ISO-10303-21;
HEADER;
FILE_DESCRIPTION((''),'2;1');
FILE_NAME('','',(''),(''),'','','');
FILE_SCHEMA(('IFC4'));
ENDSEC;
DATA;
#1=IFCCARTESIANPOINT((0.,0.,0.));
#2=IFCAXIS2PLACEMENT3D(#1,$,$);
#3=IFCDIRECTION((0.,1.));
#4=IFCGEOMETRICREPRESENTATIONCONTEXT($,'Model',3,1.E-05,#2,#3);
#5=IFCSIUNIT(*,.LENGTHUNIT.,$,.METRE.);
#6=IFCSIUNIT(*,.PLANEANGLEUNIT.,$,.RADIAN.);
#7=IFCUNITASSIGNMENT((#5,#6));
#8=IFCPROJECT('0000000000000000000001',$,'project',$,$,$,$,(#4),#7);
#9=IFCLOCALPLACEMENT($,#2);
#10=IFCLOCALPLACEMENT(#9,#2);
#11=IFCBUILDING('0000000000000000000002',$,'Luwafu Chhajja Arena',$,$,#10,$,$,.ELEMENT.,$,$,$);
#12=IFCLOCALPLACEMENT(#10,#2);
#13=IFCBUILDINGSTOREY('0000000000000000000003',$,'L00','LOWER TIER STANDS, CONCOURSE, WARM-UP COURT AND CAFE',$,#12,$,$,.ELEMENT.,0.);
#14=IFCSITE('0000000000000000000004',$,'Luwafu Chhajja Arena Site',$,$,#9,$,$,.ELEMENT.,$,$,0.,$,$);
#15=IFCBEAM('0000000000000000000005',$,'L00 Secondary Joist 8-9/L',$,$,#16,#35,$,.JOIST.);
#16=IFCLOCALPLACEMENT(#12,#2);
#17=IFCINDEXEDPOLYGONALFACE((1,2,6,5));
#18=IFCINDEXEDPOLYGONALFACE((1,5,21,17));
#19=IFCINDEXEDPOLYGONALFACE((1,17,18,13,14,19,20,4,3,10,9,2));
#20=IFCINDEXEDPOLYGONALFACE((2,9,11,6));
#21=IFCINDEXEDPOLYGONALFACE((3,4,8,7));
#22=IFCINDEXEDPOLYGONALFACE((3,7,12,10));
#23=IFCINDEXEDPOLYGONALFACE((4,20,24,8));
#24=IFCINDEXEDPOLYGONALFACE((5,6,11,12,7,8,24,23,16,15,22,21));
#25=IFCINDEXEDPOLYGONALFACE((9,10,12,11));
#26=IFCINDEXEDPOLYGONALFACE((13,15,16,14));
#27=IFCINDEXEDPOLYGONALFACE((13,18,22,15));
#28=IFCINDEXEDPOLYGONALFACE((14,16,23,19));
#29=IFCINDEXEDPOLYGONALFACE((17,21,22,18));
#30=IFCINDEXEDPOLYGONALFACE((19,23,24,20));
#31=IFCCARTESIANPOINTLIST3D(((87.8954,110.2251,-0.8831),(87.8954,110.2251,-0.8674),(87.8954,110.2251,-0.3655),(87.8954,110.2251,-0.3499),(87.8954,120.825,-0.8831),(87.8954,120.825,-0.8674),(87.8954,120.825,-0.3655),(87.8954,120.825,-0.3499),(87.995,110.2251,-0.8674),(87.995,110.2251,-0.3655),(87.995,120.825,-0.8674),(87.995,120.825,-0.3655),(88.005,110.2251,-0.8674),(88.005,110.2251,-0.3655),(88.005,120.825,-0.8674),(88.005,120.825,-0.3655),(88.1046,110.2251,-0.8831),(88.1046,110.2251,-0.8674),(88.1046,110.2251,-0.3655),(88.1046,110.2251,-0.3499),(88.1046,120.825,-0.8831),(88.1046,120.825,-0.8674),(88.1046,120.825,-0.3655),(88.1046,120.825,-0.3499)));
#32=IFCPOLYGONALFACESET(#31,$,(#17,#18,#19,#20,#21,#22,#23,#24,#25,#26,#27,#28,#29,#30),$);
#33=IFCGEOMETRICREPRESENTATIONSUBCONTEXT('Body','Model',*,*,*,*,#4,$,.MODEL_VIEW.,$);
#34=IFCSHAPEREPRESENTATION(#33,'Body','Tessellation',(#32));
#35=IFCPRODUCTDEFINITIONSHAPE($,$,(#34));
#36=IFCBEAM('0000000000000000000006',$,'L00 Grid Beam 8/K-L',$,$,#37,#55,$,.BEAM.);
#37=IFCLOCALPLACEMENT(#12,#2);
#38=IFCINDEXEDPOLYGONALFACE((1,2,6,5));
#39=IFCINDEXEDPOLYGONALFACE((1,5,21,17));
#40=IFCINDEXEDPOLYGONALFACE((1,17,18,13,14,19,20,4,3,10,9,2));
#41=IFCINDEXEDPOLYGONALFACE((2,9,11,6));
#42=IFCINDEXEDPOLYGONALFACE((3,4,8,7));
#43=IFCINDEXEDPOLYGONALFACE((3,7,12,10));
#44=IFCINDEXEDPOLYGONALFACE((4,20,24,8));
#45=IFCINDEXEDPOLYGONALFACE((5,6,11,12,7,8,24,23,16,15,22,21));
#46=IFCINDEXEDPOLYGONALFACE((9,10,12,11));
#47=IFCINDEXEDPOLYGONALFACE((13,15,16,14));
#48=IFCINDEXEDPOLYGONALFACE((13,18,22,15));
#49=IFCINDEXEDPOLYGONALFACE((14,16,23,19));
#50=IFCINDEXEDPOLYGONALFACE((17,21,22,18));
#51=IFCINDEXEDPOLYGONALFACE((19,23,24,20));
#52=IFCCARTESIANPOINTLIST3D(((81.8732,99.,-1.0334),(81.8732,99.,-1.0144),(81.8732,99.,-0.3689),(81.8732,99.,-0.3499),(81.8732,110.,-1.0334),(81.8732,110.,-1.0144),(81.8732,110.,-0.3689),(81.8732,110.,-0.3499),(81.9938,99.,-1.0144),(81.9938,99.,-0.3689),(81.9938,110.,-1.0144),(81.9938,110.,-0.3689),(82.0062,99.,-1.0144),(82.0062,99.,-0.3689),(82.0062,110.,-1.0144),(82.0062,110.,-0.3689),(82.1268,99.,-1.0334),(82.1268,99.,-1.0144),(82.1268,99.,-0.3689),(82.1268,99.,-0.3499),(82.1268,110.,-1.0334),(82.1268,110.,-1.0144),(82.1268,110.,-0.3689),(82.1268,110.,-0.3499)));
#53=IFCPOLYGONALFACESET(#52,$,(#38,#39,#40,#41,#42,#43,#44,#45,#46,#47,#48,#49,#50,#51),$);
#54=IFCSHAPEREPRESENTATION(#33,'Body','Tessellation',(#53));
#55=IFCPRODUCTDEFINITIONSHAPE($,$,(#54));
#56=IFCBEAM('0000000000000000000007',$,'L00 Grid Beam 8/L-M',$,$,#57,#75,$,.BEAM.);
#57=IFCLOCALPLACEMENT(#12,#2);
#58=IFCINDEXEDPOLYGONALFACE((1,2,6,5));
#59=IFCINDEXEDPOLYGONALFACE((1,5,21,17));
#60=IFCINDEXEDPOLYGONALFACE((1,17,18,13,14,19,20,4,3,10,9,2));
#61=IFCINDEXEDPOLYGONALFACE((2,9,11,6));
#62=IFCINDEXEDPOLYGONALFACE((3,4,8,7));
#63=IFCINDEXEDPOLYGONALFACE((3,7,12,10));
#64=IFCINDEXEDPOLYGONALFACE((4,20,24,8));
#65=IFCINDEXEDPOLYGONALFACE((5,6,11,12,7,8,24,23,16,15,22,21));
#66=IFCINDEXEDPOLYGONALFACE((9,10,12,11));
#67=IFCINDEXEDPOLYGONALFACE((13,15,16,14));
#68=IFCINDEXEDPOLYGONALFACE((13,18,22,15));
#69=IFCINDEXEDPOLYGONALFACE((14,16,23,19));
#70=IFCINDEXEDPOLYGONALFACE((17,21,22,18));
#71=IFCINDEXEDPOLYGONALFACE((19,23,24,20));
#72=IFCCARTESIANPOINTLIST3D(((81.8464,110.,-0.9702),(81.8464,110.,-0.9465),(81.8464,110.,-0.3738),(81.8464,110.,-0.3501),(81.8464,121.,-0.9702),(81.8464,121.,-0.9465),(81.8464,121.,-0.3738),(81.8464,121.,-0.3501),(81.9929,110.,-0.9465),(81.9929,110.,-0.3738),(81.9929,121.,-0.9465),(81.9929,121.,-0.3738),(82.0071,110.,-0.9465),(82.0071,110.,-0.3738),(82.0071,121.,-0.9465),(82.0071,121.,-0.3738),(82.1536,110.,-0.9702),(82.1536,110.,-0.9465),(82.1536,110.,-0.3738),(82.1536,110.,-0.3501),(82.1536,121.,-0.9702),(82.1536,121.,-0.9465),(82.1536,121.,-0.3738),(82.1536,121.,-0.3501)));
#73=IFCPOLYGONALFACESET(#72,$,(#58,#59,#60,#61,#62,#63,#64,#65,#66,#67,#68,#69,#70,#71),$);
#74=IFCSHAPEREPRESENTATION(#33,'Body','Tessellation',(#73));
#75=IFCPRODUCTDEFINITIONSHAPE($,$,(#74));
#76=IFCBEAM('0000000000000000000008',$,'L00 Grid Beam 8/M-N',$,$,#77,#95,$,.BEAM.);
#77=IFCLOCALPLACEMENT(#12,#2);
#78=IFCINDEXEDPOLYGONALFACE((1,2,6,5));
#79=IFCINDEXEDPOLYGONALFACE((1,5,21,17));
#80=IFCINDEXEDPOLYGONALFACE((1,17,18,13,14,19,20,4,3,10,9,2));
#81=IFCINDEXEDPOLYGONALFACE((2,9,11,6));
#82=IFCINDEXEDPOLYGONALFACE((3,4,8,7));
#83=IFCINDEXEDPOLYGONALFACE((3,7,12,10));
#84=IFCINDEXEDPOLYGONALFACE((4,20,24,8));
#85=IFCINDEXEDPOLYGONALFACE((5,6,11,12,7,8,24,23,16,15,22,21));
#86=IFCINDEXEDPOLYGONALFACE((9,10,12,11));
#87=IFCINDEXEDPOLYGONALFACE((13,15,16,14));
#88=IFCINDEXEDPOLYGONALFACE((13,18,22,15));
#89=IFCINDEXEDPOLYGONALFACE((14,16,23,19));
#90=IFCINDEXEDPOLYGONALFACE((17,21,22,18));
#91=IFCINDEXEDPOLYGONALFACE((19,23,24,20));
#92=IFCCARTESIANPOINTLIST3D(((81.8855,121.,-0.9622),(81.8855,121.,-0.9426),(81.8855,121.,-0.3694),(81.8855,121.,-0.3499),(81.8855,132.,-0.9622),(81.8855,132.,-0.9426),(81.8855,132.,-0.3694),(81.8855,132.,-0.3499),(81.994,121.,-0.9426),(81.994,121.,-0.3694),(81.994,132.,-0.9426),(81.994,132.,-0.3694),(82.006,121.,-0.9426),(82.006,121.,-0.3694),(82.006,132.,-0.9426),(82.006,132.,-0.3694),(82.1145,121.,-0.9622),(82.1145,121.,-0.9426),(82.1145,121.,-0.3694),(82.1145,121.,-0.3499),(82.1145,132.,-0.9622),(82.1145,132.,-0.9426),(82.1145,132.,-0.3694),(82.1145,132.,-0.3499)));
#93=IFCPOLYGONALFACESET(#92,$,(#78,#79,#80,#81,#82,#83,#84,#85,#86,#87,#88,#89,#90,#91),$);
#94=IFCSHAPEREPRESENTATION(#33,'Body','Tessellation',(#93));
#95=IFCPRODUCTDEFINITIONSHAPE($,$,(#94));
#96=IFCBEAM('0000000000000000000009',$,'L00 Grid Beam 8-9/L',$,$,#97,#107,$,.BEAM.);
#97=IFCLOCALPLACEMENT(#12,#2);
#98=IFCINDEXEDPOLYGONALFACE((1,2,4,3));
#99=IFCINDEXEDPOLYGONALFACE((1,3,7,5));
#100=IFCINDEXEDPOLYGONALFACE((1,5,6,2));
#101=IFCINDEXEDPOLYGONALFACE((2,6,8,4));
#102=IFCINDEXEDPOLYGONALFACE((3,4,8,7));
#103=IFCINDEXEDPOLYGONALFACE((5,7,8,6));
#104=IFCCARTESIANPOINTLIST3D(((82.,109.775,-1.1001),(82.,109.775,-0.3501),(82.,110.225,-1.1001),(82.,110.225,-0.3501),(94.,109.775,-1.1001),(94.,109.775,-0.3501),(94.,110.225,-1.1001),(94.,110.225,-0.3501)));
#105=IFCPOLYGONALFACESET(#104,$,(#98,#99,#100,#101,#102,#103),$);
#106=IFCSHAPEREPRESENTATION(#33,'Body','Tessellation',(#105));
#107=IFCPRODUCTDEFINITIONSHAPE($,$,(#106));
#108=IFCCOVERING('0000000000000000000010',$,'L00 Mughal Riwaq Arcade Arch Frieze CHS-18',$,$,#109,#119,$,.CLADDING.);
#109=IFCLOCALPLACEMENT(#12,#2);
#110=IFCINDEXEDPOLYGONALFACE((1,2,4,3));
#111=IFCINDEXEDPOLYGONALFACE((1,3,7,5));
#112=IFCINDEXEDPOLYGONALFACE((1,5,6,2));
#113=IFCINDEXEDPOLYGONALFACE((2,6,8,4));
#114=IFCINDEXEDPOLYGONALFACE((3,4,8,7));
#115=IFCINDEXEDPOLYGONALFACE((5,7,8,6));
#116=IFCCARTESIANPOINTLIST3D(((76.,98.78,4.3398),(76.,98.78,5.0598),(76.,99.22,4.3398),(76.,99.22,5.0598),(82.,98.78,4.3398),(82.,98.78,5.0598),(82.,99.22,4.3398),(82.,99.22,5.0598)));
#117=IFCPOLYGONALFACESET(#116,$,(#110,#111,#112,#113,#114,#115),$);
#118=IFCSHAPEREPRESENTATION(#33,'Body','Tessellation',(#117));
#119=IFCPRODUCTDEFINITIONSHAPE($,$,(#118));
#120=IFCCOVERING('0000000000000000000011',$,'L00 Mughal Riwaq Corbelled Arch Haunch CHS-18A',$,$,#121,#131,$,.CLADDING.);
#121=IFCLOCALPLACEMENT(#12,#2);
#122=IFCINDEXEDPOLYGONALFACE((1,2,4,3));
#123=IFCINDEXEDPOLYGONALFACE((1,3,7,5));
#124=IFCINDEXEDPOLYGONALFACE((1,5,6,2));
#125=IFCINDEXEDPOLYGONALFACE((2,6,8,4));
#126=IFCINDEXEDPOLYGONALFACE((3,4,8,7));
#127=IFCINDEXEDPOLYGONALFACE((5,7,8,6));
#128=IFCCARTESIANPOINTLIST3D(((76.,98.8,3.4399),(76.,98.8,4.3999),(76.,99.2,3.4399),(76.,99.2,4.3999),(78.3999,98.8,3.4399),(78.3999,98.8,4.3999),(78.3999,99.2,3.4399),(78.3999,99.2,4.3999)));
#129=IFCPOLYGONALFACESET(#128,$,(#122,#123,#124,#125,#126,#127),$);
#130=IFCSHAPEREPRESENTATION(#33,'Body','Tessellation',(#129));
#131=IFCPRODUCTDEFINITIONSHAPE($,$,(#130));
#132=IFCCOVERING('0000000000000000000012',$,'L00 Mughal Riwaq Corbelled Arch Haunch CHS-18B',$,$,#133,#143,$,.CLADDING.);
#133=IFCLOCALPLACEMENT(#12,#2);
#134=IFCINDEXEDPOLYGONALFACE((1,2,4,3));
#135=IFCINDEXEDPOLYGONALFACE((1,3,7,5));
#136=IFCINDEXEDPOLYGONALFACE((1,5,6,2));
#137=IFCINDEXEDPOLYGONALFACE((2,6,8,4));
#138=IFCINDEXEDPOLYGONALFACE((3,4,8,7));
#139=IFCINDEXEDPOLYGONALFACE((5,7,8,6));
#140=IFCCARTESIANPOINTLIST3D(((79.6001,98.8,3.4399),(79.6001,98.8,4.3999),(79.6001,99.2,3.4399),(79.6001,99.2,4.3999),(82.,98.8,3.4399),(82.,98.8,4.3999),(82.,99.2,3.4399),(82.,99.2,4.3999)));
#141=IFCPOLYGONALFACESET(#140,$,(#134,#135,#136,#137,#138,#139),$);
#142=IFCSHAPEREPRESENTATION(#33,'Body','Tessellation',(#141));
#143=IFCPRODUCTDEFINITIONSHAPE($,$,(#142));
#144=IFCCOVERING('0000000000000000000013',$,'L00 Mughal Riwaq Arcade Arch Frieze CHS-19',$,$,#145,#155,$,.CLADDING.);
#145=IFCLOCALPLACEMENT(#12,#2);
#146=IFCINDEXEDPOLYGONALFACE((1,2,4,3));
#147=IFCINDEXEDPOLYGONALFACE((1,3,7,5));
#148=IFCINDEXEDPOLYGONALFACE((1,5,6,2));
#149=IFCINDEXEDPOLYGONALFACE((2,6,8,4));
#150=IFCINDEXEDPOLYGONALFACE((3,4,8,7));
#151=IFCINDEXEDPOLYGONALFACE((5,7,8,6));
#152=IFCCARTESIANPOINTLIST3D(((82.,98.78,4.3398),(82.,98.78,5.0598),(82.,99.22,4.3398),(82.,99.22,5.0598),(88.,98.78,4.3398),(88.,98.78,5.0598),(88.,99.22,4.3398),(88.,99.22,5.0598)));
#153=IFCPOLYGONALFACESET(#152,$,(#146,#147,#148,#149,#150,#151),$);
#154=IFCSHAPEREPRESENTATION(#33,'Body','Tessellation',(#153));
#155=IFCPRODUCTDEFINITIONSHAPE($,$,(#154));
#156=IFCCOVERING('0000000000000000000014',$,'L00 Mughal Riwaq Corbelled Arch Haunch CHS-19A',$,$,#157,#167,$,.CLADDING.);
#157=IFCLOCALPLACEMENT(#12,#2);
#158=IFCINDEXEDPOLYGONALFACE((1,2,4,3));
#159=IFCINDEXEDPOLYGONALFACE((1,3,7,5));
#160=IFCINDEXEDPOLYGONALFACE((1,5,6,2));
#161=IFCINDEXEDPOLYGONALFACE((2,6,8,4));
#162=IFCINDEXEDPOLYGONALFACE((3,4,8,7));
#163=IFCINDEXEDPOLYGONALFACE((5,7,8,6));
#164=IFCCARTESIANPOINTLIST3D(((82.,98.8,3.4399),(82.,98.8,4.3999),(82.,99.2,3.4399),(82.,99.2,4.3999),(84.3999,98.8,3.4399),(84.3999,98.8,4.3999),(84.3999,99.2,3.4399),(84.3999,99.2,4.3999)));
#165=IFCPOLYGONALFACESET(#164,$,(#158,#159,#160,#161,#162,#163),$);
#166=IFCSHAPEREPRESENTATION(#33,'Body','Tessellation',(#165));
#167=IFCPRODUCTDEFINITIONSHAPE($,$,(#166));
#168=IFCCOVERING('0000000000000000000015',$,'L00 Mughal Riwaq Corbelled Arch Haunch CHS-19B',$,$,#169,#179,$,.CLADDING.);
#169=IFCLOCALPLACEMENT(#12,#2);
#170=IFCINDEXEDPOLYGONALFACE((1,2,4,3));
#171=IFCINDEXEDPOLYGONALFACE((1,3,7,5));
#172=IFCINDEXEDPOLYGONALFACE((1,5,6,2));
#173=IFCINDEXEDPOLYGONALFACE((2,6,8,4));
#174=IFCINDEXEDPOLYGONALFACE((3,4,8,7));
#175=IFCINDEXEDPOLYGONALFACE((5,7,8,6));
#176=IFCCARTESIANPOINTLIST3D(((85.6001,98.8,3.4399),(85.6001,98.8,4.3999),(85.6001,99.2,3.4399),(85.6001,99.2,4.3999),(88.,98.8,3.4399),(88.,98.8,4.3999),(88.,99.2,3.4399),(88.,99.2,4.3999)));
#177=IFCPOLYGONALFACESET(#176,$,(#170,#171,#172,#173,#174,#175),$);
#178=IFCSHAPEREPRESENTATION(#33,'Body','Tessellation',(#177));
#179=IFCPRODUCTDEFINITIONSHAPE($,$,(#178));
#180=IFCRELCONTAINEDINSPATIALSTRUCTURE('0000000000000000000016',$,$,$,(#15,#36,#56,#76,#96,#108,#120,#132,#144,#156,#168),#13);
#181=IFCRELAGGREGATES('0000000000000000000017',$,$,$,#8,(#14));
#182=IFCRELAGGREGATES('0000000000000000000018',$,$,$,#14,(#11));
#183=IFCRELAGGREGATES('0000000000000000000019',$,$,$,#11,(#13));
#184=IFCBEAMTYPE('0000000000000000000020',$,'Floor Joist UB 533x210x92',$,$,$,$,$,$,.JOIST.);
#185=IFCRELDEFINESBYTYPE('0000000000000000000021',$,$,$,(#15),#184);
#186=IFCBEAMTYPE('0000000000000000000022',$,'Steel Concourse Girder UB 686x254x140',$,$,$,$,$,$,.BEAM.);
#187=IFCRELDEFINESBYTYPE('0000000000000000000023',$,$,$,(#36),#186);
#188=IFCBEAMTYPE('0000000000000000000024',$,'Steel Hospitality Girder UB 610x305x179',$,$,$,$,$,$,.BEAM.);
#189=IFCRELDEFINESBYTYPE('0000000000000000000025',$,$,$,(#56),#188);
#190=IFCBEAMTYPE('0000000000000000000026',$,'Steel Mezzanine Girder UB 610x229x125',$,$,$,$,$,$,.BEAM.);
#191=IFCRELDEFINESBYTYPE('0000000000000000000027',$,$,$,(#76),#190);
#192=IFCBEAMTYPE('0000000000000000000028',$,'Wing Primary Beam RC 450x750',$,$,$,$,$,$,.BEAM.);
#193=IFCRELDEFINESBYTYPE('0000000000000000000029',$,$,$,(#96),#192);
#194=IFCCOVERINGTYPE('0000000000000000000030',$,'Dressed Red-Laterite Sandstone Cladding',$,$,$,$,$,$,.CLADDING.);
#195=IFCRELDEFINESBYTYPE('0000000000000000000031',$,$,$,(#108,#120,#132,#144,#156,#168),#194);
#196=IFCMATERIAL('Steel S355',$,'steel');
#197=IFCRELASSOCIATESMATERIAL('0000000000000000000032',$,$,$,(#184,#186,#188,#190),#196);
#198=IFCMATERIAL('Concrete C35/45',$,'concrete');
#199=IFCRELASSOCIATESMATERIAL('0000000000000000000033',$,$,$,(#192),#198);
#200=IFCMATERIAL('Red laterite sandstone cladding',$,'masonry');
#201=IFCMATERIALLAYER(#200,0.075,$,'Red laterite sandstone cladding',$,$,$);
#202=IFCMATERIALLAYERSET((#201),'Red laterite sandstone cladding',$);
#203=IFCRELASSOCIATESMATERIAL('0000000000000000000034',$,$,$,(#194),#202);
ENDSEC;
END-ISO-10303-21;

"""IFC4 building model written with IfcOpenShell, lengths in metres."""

from ifc_helpers import new_model, si_unit, direction, frame, origin, origin_2d, place, context, subcontext, project, spatial, rectangle, i_section, extrude, material, layer, layer_set, material_profile, profile_set, type_object, element, save


model = new_model("IFC4")

# Units and contexts
model_context = context("Model", 3, precision=1e-05, world=origin(), true_north=direction((0.0, 1.0)))
body_context = subcontext(model_context, "Body", "Model", "MODEL_VIEW")
ifc_project = project(units=[si_unit("LENGTHUNIT", "METRE"), si_unit("PLANEANGLEUNIT", "RADIAN")], contexts=[model_context])

# Site, building, storey
site_placement = place(None, origin())
site = spatial("IfcSite", under=ifc_project, at=site_placement, Name="Luwafu Chhajja Arena Site", CompositionType="ELEMENT", RefElevation=0.0)
building_placement = place(site_placement, origin())
building = spatial("IfcBuilding", under=site, at=building_placement, Name="Luwafu Chhajja Arena", CompositionType="ELEMENT")
storey_placement = place(building_placement, origin())
storey = spatial("IfcBuildingStorey", under=building, at=storey_placement, Name="L00", Description="LOWER TIER STANDS, CONCOURSE, WARM-UP COURT AND CAFE", CompositionType="ELEMENT", Elevation=0.0)

# Shared definitions
ifc_material_1 = material(Name="Concrete C35/45", Category="concrete")

# Beams
ifc_material_2 = material(Name="Steel S355", Category="steel")
ifc_material_profile_1 = material_profile(ifc_material_2, i_section(OverallWidth=0.2092, OverallDepth=0.5332, WebThickness=0.01, FlangeThickness=0.0156, at=origin_2d()), Name="UB 533x210x92")
ifc_profile_set_1 = profile_set([ifc_material_profile_1], Name="Steel S355")
beam_type_1 = type_object("IfcBeamType", Name="Floor Joist UB 533x210x92", PredefinedType="JOIST", material=ifc_profile_set_1)
beam_1_placement = place(storey_placement, frame((88.0, 110.2251, -0.6165), z_axis=(0.0, 1.0, 0.0), x_axis=(-1.0, 0.0, 0.0)))
element("IfcBeam", 1, at=beam_1_placement, inside=storey, type_object=beam_type_1, Name="L00 Secondary Joist 8-9/L", PredefinedType="JOIST", context=body_context, shape_type="SweptSolid", body=[
    extrude(i_section(OverallWidth=0.2092, OverallDepth=0.5332, WebThickness=0.01, FlangeThickness=0.0156, at=origin_2d()), origin(), (0.0, 0.0, 1.0), 10.5999),
])
ifc_material_profile_2 = material_profile(ifc_material_2, i_section(OverallWidth=0.2537, OverallDepth=0.6836, WebThickness=0.0125, FlangeThickness=0.019, at=origin_2d()), Name="UB 686x254x140")
ifc_profile_set_2 = profile_set([ifc_material_profile_2], Name="Steel S355")
beam_type_2 = type_object("IfcBeamType", Name="Steel Concourse Girder UB 686x254x140", PredefinedType="BEAM", material=ifc_profile_set_2)
beam_2_placement = place(storey_placement, frame((82.0, 99.0, -0.6917), z_axis=(0.0, 1.0, 0.0), x_axis=(-1.0, 0.0, 0.0)))
element("IfcBeam", 2, at=beam_2_placement, inside=storey, type_object=beam_type_2, Name="L00 Grid Beam 8/K-L", PredefinedType="BEAM", context=body_context, shape_type="SweptSolid", body=[
    extrude(i_section(OverallWidth=0.2537, OverallDepth=0.6836, WebThickness=0.0125, FlangeThickness=0.019, at=origin_2d()), origin(), (0.0, 0.0, 1.0), 11.0),
])
ifc_material_profile_3 = material_profile(ifc_material_2, i_section(OverallWidth=0.3071, OverallDepth=0.6201, WebThickness=0.0142, FlangeThickness=0.0237, at=origin_2d()), Name="UB 610x305x179")
ifc_profile_set_3 = profile_set([ifc_material_profile_3], Name="Steel S355")
beam_type_3 = type_object("IfcBeamType", Name="Steel Hospitality Girder UB 610x305x179", PredefinedType="BEAM", material=ifc_profile_set_3)
beam_3_placement = place(storey_placement, frame((82.0, 110.0, -0.6602), z_axis=(0.0, 1.0, 0.0), x_axis=(-1.0, 0.0, 0.0)))
element("IfcBeam", 3, at=beam_3_placement, inside=storey, type_object=beam_type_3, Name="L00 Grid Beam 8/L-M", PredefinedType="BEAM", context=body_context, shape_type="SweptSolid", body=[
    extrude(i_section(OverallWidth=0.3071, OverallDepth=0.6201, WebThickness=0.0142, FlangeThickness=0.0237, at=origin_2d()), origin(), (0.0, 0.0, 1.0), 11.0),
])
ifc_material_profile_4 = material_profile(ifc_material_2, i_section(OverallWidth=0.229, OverallDepth=0.6123, WebThickness=0.012, FlangeThickness=0.0195, at=origin_2d()), Name="UB 610x229x125")
ifc_profile_set_4 = profile_set([ifc_material_profile_4], Name="Steel S355")
beam_type_4 = type_object("IfcBeamType", Name="Steel Mezzanine Girder UB 610x229x125", PredefinedType="BEAM", material=ifc_profile_set_4)
beam_4_placement = place(storey_placement, frame((82.0, 121.0, -0.656), z_axis=(0.0, 1.0, 0.0), x_axis=(-1.0, 0.0, 0.0)))
element("IfcBeam", 4, at=beam_4_placement, inside=storey, type_object=beam_type_4, Name="L00 Grid Beam 8/M-N", PredefinedType="BEAM", context=body_context, shape_type="SweptSolid", body=[
    extrude(i_section(OverallWidth=0.229, OverallDepth=0.6123, WebThickness=0.012, FlangeThickness=0.0195, at=origin_2d()), origin(), (0.0, 0.0, 1.0), 11.0),
])
ifc_material_profile_5 = material_profile(ifc_material_1, rectangle(XDim=0.45, YDim=0.75, at=origin_2d()), Name="RC 450x750")
ifc_profile_set_5 = profile_set([ifc_material_profile_5], Name="Concrete C35/45")
beam_type_5 = type_object("IfcBeamType", Name="Wing Primary Beam RC 450x750", PredefinedType="BEAM", material=ifc_profile_set_5)
beam_5_placement = place(storey_placement, frame((82.0, 110.0, -0.7251), z_axis=(1.0, 0.0, 0.0), x_axis=(0.0, 1.0, 0.0)))
element("IfcBeam", 5, at=beam_5_placement, inside=storey, type_object=beam_type_5, Name="L00 Grid Beam 8-9/L", PredefinedType="BEAM", context=body_context, shape_type="SweptSolid", body=[
    extrude(rectangle(XDim=0.45, YDim=0.75, at=origin_2d()), origin(), (0.0, 0.0, 1.0), 12.0),
])

# Coverings
ifc_material_3 = material(Name="Red laterite sandstone cladding", Category="masonry")
ifc_layer_1 = layer(ifc_material_3, 0.075, Name="Red laterite sandstone cladding")
ifc_layer_set_1 = layer_set([ifc_layer_1], Name="Red laterite sandstone cladding")
covering_type = type_object("IfcCoveringType", Name="Dressed Red-Laterite Sandstone Cladding", PredefinedType="CLADDING", material=ifc_layer_set_1)
covering_1_placement = place(storey_placement, frame((79.0, 99.0, 4.3398), z_axis=(0.0, 0.0, 1.0), x_axis=(1.0, 0.0, 0.0)))
element("IfcCovering", 6, at=covering_1_placement, inside=storey, type_object=covering_type, Name="L00 Mughal Riwaq Arcade Arch Frieze CHS-18", PredefinedType="CLADDING", context=body_context, shape_type="SweptSolid", body=[
    extrude(rectangle(XDim=6.0, YDim=0.4399, at=origin_2d()), origin(), (0.0, 0.0, 1.0), 0.72),
])
for number, where, z_axis, x_axis, name in (
    (7, (77.2, 99.0, 3.4399), (0.0, 0.0, 1.0), (1.0, 0.0, 0.0), "L00 Mughal Riwaq Corbelled Arch Haunch CHS-18A"),
    (8, (80.8, 99.0, 3.4399), (0.0, 0.0, 1.0), (1.0, 0.0, 0.0), "L00 Mughal Riwaq Corbelled Arch Haunch CHS-18B"),
):
    element("IfcCovering", number, at=place(storey_placement, frame(where, z_axis=z_axis, x_axis=x_axis)), inside=storey, type_object=covering_type, Name=name, PredefinedType="CLADDING", context=body_context, shape_type="SweptSolid", body=[
        extrude(rectangle(XDim=2.3999, YDim=0.3999, at=origin_2d()), origin(), (0.0, 0.0, 1.0), 0.96),
    ])
covering_2_placement = place(storey_placement, frame((85.0, 99.0, 4.3398), z_axis=(0.0, 0.0, 1.0), x_axis=(1.0, 0.0, 0.0)))
element("IfcCovering", 9, at=covering_2_placement, inside=storey, type_object=covering_type, Name="L00 Mughal Riwaq Arcade Arch Frieze CHS-19", PredefinedType="CLADDING", context=body_context, shape_type="SweptSolid", body=[
    extrude(rectangle(XDim=6.0, YDim=0.4399, at=origin_2d()), origin(), (0.0, 0.0, 1.0), 0.72),
])
for number, where, z_axis, x_axis, name in (
    (10, (83.2, 99.0, 3.4399), (0.0, 0.0, 1.0), (1.0, 0.0, 0.0), "L00 Mughal Riwaq Corbelled Arch Haunch CHS-19A"),
    (11, (86.8, 99.0, 3.4399), (0.0, 0.0, 1.0), (1.0, 0.0, 0.0), "L00 Mughal Riwaq Corbelled Arch Haunch CHS-19B"),
):
    element("IfcCovering", number, at=place(storey_placement, frame(where, z_axis=z_axis, x_axis=x_axis)), inside=storey, type_object=covering_type, Name=name, PredefinedType="CLADDING", context=body_context, shape_type="SweptSolid", body=[
        extrude(rectangle(XDim=2.3999, YDim=0.3999, at=origin_2d()), origin(), (0.0, 0.0, 1.0), 0.96),
    ])

save(model, "model.ifc")
